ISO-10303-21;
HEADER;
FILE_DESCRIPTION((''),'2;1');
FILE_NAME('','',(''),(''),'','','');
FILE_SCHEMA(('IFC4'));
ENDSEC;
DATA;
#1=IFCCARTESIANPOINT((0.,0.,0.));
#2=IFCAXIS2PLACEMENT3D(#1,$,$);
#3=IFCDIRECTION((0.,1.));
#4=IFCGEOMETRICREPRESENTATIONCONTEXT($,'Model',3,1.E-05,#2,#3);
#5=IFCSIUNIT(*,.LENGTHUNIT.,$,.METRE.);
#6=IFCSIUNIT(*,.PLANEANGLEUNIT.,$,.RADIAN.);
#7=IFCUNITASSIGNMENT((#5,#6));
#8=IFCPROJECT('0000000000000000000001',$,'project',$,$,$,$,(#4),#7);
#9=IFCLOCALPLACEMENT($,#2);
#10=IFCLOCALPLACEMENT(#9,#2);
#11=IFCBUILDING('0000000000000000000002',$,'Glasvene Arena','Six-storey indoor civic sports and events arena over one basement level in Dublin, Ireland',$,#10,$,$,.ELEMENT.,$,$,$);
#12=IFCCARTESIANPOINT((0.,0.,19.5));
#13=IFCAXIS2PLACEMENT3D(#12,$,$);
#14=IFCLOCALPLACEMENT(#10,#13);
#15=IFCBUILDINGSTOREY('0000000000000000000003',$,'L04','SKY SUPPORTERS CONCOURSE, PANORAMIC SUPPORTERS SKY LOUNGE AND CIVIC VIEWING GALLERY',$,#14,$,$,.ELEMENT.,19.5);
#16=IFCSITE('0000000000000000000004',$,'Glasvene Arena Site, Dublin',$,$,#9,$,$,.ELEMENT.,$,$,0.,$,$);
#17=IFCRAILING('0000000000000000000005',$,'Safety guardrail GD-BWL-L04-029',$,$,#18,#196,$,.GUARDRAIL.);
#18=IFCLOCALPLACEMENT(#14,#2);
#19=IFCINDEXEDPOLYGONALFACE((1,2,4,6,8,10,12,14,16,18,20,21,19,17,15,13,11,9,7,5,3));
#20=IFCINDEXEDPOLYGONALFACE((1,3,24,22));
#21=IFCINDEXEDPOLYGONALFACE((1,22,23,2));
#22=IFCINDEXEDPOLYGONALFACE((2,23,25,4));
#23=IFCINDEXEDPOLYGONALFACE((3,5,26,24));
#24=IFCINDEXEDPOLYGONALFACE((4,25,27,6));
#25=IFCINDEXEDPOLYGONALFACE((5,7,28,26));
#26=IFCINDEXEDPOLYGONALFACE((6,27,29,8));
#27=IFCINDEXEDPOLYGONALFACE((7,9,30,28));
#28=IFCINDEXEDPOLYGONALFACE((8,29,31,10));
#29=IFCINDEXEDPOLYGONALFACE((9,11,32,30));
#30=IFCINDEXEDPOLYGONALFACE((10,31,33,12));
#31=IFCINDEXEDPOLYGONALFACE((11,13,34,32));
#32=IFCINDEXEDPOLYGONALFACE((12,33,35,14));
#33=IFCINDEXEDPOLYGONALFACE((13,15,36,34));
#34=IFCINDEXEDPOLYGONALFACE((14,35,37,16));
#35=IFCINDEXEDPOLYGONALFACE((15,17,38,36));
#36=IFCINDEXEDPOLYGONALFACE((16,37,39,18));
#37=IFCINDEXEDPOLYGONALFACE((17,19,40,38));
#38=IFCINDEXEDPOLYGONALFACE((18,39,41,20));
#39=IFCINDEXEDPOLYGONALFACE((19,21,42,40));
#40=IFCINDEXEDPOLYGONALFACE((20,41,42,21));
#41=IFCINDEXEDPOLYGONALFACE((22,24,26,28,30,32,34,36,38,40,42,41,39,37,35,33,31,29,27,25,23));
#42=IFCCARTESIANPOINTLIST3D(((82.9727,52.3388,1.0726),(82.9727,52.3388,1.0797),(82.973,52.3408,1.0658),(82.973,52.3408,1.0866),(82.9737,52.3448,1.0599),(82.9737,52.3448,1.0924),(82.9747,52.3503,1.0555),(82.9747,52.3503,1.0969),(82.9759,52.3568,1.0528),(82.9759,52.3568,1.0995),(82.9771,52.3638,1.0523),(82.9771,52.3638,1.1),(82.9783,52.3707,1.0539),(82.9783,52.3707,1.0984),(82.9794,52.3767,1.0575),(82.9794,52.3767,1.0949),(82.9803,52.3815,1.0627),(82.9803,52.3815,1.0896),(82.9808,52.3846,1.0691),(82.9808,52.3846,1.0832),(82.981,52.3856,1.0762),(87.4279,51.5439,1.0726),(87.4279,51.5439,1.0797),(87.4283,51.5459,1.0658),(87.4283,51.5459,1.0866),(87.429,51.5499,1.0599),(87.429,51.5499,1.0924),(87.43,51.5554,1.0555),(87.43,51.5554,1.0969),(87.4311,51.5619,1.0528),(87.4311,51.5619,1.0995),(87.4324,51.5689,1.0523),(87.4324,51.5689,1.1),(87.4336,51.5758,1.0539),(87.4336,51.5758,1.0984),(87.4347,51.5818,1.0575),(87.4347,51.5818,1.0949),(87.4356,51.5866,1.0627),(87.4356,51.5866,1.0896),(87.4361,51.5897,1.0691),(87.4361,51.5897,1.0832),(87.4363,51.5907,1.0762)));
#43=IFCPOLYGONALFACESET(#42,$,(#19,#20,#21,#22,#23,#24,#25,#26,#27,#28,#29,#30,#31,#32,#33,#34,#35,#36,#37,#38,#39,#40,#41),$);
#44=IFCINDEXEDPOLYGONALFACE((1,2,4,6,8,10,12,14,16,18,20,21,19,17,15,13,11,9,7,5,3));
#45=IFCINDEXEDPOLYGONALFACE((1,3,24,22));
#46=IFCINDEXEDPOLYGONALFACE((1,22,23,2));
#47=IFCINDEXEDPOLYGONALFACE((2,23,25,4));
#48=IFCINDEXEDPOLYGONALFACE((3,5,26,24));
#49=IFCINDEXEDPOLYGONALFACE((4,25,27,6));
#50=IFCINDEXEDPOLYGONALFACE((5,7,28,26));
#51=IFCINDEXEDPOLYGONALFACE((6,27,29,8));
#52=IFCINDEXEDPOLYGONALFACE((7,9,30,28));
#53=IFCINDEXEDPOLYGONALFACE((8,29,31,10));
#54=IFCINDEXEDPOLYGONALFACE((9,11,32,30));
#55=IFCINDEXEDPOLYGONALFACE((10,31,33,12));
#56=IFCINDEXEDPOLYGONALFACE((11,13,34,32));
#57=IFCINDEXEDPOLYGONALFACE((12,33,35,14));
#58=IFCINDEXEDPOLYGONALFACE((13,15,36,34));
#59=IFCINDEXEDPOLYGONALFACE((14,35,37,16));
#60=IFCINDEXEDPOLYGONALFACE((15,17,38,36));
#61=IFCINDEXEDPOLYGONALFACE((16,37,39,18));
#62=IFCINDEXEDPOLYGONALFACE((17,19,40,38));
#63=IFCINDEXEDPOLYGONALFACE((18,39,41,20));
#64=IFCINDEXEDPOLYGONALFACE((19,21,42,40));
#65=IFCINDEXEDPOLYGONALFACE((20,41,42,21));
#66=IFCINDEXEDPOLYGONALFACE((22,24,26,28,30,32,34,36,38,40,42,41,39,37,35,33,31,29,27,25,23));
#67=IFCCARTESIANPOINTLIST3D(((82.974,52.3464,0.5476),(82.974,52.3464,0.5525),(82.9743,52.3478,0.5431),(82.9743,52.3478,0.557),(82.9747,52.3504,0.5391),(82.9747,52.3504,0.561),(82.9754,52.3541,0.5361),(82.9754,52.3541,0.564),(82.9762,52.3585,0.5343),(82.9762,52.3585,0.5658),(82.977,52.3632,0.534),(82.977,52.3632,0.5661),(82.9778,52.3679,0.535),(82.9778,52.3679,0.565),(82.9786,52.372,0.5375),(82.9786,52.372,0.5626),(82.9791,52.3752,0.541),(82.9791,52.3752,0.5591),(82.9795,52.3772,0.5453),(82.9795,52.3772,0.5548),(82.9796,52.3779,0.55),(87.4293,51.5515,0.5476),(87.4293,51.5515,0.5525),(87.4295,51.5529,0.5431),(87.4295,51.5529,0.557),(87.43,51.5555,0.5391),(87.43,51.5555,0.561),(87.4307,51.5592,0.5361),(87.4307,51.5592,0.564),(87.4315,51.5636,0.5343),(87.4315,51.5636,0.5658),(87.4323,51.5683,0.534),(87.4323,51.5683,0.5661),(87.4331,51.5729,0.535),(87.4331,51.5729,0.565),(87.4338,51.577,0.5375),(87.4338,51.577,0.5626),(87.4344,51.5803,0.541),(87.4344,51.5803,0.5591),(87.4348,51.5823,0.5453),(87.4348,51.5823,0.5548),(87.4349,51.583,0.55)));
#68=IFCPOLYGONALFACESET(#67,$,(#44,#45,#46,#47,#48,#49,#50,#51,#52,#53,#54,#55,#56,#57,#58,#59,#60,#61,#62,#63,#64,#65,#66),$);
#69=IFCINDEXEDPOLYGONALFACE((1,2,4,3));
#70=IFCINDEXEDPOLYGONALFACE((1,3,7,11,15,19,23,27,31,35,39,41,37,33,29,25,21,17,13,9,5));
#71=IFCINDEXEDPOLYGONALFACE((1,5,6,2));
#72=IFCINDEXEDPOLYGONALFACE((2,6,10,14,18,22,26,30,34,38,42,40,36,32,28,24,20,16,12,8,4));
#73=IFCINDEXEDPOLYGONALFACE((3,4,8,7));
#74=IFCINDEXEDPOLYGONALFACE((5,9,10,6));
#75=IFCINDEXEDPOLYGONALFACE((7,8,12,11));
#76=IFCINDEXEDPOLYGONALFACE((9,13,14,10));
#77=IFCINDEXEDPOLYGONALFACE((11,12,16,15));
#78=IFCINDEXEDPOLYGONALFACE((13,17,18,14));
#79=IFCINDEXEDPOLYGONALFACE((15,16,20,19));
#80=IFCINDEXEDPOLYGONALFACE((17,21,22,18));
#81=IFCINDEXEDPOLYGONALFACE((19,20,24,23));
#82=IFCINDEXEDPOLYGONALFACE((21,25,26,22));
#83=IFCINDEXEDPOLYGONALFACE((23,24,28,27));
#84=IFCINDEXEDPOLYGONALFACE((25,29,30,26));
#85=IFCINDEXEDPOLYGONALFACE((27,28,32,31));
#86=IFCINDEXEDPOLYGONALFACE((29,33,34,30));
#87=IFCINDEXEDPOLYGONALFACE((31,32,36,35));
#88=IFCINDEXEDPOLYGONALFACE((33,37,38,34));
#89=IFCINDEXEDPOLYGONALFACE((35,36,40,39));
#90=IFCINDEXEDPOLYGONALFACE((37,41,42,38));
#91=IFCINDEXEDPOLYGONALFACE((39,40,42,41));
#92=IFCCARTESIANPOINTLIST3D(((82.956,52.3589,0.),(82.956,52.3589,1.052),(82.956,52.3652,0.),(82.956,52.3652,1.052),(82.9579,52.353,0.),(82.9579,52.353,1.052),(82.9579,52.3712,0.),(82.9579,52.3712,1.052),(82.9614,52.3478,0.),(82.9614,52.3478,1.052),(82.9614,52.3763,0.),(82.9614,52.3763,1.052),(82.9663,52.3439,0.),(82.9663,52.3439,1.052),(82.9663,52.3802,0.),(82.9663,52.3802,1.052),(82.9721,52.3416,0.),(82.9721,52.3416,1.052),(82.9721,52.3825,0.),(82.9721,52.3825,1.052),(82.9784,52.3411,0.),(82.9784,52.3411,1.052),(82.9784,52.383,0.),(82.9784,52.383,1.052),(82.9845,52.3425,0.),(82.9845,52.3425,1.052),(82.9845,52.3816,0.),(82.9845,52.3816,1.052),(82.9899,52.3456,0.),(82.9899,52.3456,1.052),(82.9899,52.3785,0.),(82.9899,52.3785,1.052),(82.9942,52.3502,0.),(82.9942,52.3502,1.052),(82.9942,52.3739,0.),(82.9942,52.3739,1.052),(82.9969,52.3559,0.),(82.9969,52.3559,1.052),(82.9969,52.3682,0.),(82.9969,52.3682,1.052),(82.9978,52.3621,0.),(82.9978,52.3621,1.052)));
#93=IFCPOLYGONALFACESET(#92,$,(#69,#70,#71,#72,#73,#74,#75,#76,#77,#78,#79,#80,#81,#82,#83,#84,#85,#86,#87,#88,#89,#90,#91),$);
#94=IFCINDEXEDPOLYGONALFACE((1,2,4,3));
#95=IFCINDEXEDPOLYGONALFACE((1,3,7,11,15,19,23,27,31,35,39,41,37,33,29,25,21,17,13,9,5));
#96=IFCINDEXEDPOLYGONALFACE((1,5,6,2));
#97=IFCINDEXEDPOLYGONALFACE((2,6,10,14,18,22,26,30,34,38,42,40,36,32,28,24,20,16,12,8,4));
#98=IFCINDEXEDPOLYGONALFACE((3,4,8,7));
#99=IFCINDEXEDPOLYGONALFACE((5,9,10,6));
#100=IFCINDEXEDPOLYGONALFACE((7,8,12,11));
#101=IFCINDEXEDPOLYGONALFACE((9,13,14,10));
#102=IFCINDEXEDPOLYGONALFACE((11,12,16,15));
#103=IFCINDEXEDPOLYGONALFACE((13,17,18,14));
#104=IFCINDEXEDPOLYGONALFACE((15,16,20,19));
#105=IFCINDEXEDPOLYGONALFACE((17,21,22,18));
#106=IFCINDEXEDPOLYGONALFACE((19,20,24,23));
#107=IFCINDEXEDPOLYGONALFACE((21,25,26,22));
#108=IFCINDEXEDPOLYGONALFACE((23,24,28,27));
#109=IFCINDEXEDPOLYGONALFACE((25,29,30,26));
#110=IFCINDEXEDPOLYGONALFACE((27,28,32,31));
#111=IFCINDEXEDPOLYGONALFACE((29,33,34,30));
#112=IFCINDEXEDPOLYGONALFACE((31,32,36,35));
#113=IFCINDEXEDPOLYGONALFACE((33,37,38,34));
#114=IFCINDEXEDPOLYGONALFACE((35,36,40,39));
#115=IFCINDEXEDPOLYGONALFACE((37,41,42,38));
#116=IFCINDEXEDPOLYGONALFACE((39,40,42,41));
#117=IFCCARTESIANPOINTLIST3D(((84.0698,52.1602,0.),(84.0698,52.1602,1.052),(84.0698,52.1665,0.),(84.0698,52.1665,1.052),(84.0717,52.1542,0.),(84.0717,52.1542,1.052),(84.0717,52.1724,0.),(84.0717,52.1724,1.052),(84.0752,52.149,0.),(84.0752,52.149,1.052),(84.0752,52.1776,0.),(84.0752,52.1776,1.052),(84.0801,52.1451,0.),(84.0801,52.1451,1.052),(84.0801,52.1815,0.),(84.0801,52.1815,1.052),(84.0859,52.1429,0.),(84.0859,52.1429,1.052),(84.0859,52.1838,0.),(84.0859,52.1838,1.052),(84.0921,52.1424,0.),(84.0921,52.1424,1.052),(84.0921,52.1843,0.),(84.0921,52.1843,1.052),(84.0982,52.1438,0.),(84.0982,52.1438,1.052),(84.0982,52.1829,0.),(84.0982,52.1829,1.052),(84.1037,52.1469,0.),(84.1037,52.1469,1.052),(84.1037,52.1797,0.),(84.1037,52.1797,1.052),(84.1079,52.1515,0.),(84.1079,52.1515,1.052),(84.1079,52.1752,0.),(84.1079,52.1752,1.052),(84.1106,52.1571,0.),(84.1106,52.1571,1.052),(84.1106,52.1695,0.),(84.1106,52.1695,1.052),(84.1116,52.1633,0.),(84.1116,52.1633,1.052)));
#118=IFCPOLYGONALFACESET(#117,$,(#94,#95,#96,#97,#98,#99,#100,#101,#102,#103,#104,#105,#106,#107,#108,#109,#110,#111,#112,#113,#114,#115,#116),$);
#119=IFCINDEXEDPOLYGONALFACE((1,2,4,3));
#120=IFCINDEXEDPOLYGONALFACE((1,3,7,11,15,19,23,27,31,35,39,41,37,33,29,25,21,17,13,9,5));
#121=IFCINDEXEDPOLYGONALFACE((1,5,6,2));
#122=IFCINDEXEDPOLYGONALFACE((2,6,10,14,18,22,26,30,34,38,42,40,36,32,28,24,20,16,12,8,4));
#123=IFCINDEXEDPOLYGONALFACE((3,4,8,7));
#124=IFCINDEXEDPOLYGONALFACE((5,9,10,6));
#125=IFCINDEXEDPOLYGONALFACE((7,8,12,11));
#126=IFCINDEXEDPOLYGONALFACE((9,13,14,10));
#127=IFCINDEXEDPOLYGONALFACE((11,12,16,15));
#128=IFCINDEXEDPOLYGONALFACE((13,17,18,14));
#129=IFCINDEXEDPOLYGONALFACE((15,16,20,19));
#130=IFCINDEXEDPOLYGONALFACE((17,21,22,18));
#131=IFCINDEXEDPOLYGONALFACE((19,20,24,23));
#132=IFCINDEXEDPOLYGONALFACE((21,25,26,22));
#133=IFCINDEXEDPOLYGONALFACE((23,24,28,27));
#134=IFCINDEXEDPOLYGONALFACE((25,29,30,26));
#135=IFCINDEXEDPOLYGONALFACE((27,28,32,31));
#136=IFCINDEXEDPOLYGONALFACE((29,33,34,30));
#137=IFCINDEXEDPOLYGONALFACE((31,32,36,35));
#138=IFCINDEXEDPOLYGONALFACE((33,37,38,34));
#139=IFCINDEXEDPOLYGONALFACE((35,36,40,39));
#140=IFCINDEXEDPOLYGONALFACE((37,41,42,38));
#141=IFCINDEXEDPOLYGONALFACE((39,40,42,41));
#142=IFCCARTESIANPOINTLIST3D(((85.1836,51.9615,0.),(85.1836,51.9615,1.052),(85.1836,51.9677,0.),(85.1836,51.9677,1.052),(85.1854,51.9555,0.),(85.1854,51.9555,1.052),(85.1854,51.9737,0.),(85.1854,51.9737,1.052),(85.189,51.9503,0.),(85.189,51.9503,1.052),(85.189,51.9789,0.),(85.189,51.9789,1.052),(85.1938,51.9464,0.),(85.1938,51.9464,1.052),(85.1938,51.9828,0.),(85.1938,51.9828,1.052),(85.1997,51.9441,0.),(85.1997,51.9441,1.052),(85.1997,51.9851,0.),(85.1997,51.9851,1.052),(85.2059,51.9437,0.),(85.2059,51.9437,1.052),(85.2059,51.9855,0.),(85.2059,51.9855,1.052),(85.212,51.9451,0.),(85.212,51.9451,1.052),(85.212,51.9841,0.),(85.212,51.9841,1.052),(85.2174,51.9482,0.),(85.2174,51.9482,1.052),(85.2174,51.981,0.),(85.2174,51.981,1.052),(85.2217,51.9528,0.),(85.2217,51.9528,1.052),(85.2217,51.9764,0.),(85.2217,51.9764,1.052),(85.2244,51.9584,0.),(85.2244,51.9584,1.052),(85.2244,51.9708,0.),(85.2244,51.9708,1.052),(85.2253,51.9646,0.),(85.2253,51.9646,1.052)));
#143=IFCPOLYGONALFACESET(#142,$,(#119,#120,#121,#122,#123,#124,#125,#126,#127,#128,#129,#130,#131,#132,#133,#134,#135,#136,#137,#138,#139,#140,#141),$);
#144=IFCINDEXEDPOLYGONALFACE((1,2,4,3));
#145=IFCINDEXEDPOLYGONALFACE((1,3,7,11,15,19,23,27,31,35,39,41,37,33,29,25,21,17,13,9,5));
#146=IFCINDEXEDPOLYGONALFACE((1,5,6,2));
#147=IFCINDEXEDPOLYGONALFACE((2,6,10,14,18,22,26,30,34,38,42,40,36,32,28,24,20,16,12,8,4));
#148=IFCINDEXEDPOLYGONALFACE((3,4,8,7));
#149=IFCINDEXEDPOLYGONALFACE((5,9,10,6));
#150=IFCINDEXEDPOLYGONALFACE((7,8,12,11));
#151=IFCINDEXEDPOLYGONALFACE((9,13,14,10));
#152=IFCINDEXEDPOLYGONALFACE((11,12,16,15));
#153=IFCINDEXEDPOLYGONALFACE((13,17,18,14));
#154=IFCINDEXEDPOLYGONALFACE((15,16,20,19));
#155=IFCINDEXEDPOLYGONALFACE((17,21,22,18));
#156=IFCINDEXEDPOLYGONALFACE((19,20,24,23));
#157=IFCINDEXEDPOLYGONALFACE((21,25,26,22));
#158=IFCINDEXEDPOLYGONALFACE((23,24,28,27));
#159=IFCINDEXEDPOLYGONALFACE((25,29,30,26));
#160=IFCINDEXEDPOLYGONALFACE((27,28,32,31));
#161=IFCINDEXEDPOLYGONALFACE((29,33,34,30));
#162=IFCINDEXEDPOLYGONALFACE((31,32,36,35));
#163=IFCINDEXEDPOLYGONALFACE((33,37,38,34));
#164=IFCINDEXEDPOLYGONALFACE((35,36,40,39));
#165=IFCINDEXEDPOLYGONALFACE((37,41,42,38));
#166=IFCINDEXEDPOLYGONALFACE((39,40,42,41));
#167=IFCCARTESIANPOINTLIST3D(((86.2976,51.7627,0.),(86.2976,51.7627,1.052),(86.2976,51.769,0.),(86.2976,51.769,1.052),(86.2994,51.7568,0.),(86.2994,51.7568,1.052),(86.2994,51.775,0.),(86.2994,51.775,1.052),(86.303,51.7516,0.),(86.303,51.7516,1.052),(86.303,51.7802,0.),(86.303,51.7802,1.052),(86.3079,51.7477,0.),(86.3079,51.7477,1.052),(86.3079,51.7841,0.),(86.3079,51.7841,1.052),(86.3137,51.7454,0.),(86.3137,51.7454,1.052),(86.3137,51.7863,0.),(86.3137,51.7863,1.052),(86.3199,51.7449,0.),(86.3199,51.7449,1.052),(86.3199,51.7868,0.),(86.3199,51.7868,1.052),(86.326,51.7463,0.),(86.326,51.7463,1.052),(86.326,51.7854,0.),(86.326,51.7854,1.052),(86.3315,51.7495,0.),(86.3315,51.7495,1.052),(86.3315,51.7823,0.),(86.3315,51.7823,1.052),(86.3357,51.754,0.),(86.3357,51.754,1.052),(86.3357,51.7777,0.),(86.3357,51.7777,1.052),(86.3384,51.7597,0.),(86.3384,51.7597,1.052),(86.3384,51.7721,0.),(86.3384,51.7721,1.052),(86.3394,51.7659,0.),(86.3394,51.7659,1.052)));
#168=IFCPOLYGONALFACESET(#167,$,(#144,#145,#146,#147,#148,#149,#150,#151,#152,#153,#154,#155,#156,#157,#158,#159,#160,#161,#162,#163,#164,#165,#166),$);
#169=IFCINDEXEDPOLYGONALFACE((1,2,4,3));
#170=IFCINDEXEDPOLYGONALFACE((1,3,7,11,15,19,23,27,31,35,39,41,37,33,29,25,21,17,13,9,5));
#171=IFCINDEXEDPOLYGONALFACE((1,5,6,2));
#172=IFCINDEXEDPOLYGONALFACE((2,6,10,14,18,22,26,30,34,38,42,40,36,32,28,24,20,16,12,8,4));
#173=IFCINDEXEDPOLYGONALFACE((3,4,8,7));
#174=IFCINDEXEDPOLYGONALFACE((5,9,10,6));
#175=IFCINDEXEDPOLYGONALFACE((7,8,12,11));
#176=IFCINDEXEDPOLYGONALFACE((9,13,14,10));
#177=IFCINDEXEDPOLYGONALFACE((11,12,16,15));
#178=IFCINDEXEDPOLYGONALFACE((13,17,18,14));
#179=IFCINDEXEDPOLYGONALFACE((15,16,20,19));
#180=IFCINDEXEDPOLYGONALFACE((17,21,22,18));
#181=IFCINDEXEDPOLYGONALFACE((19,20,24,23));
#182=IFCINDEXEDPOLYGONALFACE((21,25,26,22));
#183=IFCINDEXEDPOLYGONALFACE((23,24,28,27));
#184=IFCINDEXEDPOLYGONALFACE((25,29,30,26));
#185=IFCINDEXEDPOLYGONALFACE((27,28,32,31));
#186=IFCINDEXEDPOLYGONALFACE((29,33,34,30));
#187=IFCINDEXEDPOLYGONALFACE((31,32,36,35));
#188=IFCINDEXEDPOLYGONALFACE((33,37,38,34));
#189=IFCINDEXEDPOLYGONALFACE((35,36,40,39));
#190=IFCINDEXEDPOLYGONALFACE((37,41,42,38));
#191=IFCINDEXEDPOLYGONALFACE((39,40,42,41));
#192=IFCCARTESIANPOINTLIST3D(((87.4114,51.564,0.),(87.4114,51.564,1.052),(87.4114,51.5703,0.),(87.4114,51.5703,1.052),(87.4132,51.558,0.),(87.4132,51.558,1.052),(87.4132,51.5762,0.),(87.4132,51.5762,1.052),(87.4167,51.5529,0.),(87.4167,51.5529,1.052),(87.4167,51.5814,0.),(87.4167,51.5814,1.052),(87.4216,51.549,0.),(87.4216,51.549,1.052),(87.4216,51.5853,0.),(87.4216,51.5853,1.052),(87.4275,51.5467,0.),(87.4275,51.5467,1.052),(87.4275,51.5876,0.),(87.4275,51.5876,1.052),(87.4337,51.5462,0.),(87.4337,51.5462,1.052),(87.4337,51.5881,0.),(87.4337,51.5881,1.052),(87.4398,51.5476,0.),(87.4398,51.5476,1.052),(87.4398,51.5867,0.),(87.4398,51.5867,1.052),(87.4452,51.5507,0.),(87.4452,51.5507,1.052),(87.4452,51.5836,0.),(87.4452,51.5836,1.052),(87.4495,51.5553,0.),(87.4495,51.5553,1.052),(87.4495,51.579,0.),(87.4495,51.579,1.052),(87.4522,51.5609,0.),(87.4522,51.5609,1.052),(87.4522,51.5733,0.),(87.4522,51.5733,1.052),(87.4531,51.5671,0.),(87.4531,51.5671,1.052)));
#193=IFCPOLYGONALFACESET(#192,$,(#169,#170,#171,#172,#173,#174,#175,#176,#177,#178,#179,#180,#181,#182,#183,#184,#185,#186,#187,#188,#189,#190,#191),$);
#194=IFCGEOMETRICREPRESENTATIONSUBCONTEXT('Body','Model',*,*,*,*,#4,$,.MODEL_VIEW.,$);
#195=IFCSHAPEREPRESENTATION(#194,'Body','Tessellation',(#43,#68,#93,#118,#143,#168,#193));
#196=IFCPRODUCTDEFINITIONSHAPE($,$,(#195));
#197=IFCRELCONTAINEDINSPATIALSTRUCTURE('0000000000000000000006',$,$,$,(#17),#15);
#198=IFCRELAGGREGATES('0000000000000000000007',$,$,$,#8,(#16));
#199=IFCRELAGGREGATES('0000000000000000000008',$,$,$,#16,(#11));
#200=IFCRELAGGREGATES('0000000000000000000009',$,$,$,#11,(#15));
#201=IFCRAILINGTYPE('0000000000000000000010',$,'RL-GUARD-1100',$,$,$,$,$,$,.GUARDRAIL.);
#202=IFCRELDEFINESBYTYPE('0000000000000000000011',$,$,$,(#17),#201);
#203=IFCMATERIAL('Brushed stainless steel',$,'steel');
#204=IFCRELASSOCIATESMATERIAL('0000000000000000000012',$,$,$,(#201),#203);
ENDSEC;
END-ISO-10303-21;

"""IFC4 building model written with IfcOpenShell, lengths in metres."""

from ifc_helpers import new_model, si_unit, direction, frame, origin, origin_2d, place, context, subcontext, project, spatial, circle, extrude, material, type_object, element, save


model = new_model("IFC4")

# Units and contexts
model_context = context("Model", 3, precision=1e-05, world=origin(), true_north=direction((0.0, 1.0)))
body_context = subcontext(model_context, "Body", "Model", "MODEL_VIEW")
ifc_project = project(units=[si_unit("LENGTHUNIT", "METRE"), si_unit("PLANEANGLEUNIT", "RADIAN")], contexts=[model_context])

# Site, building, storey
site_placement = place(None, origin())
site = spatial("IfcSite", under=ifc_project, at=site_placement, Name="Glasvene Arena Site, Dublin", CompositionType="ELEMENT", RefElevation=0.0)
building_placement = place(site_placement, origin())
building = spatial("IfcBuilding", under=site, at=building_placement, Name="Glasvene Arena", Description="Six-storey indoor civic sports and events arena over one basement level in Dublin, Ireland", CompositionType="ELEMENT")
storey_placement = place(building_placement, frame((0.0, 0.0, 19.5)))
storey = spatial("IfcBuildingStorey", under=building, at=storey_placement, Name="L04", Description="SKY SUPPORTERS CONCOURSE, PANORAMIC SUPPORTERS SKY LOUNGE AND CIVIC VIEWING GALLERY", CompositionType="ELEMENT", Elevation=19.5)

# Railing
ifc_material_1 = material(Name="Brushed stainless steel", Category="steel")
railing_type = type_object("IfcRailingType", Name="RL-GUARD-1100", PredefinedType="GUARDRAIL", material=ifc_material_1)
railing_1_placement = place(storey_placement, frame((82.9768, 52.3621, 0.0)))
element("IfcRailing", 1, at=railing_1_placement, inside=storey, type_object=railing_type, Name="Safety guardrail GD-BWL-L04-029", PredefinedType="GUARDRAIL", context=body_context, shape_type="SweptSolid", body=[
    extrude(circle(Radius=0.0239, at=origin_2d()), frame((0.0, 0.0, 1.0762), z_axis=(0.984453, -0.175647, 0.0), x_axis=(0.175647, 0.984453, 0.0)), (0.0, 0.0, 1.0), 4.5256),
    extrude(circle(Radius=0.0161, at=origin_2d()), frame((0.0, 0.0, 0.55), z_axis=(0.984453, -0.175647, 0.0), x_axis=(0.175647, 0.984453, 0.0)), (0.0, 0.0, 1.0), 4.5256),
    extrude(circle(Radius=0.021, at=origin_2d()), origin(), (0.0, 0.0, 1.0), 1.052),
    extrude(circle(Radius=0.021, at=origin_2d()), frame((1.1138, -0.1987, 0.0)), (0.0, 0.0, 1.0), 1.052),
    extrude(circle(Radius=0.021, at=origin_2d()), frame((2.2275, -0.3975, 0.0)), (0.0, 0.0, 1.0), 1.052),
    extrude(circle(Radius=0.021, at=origin_2d()), frame((3.3416, -0.5962, 0.0)), (0.0, 0.0, 1.0), 1.052),
    extrude(circle(Radius=0.021, at=origin_2d()), frame((4.4553, -0.7949, 0.0)), (0.0, 0.0, 1.0), 1.052),
])

save(model, "model.ifc")
